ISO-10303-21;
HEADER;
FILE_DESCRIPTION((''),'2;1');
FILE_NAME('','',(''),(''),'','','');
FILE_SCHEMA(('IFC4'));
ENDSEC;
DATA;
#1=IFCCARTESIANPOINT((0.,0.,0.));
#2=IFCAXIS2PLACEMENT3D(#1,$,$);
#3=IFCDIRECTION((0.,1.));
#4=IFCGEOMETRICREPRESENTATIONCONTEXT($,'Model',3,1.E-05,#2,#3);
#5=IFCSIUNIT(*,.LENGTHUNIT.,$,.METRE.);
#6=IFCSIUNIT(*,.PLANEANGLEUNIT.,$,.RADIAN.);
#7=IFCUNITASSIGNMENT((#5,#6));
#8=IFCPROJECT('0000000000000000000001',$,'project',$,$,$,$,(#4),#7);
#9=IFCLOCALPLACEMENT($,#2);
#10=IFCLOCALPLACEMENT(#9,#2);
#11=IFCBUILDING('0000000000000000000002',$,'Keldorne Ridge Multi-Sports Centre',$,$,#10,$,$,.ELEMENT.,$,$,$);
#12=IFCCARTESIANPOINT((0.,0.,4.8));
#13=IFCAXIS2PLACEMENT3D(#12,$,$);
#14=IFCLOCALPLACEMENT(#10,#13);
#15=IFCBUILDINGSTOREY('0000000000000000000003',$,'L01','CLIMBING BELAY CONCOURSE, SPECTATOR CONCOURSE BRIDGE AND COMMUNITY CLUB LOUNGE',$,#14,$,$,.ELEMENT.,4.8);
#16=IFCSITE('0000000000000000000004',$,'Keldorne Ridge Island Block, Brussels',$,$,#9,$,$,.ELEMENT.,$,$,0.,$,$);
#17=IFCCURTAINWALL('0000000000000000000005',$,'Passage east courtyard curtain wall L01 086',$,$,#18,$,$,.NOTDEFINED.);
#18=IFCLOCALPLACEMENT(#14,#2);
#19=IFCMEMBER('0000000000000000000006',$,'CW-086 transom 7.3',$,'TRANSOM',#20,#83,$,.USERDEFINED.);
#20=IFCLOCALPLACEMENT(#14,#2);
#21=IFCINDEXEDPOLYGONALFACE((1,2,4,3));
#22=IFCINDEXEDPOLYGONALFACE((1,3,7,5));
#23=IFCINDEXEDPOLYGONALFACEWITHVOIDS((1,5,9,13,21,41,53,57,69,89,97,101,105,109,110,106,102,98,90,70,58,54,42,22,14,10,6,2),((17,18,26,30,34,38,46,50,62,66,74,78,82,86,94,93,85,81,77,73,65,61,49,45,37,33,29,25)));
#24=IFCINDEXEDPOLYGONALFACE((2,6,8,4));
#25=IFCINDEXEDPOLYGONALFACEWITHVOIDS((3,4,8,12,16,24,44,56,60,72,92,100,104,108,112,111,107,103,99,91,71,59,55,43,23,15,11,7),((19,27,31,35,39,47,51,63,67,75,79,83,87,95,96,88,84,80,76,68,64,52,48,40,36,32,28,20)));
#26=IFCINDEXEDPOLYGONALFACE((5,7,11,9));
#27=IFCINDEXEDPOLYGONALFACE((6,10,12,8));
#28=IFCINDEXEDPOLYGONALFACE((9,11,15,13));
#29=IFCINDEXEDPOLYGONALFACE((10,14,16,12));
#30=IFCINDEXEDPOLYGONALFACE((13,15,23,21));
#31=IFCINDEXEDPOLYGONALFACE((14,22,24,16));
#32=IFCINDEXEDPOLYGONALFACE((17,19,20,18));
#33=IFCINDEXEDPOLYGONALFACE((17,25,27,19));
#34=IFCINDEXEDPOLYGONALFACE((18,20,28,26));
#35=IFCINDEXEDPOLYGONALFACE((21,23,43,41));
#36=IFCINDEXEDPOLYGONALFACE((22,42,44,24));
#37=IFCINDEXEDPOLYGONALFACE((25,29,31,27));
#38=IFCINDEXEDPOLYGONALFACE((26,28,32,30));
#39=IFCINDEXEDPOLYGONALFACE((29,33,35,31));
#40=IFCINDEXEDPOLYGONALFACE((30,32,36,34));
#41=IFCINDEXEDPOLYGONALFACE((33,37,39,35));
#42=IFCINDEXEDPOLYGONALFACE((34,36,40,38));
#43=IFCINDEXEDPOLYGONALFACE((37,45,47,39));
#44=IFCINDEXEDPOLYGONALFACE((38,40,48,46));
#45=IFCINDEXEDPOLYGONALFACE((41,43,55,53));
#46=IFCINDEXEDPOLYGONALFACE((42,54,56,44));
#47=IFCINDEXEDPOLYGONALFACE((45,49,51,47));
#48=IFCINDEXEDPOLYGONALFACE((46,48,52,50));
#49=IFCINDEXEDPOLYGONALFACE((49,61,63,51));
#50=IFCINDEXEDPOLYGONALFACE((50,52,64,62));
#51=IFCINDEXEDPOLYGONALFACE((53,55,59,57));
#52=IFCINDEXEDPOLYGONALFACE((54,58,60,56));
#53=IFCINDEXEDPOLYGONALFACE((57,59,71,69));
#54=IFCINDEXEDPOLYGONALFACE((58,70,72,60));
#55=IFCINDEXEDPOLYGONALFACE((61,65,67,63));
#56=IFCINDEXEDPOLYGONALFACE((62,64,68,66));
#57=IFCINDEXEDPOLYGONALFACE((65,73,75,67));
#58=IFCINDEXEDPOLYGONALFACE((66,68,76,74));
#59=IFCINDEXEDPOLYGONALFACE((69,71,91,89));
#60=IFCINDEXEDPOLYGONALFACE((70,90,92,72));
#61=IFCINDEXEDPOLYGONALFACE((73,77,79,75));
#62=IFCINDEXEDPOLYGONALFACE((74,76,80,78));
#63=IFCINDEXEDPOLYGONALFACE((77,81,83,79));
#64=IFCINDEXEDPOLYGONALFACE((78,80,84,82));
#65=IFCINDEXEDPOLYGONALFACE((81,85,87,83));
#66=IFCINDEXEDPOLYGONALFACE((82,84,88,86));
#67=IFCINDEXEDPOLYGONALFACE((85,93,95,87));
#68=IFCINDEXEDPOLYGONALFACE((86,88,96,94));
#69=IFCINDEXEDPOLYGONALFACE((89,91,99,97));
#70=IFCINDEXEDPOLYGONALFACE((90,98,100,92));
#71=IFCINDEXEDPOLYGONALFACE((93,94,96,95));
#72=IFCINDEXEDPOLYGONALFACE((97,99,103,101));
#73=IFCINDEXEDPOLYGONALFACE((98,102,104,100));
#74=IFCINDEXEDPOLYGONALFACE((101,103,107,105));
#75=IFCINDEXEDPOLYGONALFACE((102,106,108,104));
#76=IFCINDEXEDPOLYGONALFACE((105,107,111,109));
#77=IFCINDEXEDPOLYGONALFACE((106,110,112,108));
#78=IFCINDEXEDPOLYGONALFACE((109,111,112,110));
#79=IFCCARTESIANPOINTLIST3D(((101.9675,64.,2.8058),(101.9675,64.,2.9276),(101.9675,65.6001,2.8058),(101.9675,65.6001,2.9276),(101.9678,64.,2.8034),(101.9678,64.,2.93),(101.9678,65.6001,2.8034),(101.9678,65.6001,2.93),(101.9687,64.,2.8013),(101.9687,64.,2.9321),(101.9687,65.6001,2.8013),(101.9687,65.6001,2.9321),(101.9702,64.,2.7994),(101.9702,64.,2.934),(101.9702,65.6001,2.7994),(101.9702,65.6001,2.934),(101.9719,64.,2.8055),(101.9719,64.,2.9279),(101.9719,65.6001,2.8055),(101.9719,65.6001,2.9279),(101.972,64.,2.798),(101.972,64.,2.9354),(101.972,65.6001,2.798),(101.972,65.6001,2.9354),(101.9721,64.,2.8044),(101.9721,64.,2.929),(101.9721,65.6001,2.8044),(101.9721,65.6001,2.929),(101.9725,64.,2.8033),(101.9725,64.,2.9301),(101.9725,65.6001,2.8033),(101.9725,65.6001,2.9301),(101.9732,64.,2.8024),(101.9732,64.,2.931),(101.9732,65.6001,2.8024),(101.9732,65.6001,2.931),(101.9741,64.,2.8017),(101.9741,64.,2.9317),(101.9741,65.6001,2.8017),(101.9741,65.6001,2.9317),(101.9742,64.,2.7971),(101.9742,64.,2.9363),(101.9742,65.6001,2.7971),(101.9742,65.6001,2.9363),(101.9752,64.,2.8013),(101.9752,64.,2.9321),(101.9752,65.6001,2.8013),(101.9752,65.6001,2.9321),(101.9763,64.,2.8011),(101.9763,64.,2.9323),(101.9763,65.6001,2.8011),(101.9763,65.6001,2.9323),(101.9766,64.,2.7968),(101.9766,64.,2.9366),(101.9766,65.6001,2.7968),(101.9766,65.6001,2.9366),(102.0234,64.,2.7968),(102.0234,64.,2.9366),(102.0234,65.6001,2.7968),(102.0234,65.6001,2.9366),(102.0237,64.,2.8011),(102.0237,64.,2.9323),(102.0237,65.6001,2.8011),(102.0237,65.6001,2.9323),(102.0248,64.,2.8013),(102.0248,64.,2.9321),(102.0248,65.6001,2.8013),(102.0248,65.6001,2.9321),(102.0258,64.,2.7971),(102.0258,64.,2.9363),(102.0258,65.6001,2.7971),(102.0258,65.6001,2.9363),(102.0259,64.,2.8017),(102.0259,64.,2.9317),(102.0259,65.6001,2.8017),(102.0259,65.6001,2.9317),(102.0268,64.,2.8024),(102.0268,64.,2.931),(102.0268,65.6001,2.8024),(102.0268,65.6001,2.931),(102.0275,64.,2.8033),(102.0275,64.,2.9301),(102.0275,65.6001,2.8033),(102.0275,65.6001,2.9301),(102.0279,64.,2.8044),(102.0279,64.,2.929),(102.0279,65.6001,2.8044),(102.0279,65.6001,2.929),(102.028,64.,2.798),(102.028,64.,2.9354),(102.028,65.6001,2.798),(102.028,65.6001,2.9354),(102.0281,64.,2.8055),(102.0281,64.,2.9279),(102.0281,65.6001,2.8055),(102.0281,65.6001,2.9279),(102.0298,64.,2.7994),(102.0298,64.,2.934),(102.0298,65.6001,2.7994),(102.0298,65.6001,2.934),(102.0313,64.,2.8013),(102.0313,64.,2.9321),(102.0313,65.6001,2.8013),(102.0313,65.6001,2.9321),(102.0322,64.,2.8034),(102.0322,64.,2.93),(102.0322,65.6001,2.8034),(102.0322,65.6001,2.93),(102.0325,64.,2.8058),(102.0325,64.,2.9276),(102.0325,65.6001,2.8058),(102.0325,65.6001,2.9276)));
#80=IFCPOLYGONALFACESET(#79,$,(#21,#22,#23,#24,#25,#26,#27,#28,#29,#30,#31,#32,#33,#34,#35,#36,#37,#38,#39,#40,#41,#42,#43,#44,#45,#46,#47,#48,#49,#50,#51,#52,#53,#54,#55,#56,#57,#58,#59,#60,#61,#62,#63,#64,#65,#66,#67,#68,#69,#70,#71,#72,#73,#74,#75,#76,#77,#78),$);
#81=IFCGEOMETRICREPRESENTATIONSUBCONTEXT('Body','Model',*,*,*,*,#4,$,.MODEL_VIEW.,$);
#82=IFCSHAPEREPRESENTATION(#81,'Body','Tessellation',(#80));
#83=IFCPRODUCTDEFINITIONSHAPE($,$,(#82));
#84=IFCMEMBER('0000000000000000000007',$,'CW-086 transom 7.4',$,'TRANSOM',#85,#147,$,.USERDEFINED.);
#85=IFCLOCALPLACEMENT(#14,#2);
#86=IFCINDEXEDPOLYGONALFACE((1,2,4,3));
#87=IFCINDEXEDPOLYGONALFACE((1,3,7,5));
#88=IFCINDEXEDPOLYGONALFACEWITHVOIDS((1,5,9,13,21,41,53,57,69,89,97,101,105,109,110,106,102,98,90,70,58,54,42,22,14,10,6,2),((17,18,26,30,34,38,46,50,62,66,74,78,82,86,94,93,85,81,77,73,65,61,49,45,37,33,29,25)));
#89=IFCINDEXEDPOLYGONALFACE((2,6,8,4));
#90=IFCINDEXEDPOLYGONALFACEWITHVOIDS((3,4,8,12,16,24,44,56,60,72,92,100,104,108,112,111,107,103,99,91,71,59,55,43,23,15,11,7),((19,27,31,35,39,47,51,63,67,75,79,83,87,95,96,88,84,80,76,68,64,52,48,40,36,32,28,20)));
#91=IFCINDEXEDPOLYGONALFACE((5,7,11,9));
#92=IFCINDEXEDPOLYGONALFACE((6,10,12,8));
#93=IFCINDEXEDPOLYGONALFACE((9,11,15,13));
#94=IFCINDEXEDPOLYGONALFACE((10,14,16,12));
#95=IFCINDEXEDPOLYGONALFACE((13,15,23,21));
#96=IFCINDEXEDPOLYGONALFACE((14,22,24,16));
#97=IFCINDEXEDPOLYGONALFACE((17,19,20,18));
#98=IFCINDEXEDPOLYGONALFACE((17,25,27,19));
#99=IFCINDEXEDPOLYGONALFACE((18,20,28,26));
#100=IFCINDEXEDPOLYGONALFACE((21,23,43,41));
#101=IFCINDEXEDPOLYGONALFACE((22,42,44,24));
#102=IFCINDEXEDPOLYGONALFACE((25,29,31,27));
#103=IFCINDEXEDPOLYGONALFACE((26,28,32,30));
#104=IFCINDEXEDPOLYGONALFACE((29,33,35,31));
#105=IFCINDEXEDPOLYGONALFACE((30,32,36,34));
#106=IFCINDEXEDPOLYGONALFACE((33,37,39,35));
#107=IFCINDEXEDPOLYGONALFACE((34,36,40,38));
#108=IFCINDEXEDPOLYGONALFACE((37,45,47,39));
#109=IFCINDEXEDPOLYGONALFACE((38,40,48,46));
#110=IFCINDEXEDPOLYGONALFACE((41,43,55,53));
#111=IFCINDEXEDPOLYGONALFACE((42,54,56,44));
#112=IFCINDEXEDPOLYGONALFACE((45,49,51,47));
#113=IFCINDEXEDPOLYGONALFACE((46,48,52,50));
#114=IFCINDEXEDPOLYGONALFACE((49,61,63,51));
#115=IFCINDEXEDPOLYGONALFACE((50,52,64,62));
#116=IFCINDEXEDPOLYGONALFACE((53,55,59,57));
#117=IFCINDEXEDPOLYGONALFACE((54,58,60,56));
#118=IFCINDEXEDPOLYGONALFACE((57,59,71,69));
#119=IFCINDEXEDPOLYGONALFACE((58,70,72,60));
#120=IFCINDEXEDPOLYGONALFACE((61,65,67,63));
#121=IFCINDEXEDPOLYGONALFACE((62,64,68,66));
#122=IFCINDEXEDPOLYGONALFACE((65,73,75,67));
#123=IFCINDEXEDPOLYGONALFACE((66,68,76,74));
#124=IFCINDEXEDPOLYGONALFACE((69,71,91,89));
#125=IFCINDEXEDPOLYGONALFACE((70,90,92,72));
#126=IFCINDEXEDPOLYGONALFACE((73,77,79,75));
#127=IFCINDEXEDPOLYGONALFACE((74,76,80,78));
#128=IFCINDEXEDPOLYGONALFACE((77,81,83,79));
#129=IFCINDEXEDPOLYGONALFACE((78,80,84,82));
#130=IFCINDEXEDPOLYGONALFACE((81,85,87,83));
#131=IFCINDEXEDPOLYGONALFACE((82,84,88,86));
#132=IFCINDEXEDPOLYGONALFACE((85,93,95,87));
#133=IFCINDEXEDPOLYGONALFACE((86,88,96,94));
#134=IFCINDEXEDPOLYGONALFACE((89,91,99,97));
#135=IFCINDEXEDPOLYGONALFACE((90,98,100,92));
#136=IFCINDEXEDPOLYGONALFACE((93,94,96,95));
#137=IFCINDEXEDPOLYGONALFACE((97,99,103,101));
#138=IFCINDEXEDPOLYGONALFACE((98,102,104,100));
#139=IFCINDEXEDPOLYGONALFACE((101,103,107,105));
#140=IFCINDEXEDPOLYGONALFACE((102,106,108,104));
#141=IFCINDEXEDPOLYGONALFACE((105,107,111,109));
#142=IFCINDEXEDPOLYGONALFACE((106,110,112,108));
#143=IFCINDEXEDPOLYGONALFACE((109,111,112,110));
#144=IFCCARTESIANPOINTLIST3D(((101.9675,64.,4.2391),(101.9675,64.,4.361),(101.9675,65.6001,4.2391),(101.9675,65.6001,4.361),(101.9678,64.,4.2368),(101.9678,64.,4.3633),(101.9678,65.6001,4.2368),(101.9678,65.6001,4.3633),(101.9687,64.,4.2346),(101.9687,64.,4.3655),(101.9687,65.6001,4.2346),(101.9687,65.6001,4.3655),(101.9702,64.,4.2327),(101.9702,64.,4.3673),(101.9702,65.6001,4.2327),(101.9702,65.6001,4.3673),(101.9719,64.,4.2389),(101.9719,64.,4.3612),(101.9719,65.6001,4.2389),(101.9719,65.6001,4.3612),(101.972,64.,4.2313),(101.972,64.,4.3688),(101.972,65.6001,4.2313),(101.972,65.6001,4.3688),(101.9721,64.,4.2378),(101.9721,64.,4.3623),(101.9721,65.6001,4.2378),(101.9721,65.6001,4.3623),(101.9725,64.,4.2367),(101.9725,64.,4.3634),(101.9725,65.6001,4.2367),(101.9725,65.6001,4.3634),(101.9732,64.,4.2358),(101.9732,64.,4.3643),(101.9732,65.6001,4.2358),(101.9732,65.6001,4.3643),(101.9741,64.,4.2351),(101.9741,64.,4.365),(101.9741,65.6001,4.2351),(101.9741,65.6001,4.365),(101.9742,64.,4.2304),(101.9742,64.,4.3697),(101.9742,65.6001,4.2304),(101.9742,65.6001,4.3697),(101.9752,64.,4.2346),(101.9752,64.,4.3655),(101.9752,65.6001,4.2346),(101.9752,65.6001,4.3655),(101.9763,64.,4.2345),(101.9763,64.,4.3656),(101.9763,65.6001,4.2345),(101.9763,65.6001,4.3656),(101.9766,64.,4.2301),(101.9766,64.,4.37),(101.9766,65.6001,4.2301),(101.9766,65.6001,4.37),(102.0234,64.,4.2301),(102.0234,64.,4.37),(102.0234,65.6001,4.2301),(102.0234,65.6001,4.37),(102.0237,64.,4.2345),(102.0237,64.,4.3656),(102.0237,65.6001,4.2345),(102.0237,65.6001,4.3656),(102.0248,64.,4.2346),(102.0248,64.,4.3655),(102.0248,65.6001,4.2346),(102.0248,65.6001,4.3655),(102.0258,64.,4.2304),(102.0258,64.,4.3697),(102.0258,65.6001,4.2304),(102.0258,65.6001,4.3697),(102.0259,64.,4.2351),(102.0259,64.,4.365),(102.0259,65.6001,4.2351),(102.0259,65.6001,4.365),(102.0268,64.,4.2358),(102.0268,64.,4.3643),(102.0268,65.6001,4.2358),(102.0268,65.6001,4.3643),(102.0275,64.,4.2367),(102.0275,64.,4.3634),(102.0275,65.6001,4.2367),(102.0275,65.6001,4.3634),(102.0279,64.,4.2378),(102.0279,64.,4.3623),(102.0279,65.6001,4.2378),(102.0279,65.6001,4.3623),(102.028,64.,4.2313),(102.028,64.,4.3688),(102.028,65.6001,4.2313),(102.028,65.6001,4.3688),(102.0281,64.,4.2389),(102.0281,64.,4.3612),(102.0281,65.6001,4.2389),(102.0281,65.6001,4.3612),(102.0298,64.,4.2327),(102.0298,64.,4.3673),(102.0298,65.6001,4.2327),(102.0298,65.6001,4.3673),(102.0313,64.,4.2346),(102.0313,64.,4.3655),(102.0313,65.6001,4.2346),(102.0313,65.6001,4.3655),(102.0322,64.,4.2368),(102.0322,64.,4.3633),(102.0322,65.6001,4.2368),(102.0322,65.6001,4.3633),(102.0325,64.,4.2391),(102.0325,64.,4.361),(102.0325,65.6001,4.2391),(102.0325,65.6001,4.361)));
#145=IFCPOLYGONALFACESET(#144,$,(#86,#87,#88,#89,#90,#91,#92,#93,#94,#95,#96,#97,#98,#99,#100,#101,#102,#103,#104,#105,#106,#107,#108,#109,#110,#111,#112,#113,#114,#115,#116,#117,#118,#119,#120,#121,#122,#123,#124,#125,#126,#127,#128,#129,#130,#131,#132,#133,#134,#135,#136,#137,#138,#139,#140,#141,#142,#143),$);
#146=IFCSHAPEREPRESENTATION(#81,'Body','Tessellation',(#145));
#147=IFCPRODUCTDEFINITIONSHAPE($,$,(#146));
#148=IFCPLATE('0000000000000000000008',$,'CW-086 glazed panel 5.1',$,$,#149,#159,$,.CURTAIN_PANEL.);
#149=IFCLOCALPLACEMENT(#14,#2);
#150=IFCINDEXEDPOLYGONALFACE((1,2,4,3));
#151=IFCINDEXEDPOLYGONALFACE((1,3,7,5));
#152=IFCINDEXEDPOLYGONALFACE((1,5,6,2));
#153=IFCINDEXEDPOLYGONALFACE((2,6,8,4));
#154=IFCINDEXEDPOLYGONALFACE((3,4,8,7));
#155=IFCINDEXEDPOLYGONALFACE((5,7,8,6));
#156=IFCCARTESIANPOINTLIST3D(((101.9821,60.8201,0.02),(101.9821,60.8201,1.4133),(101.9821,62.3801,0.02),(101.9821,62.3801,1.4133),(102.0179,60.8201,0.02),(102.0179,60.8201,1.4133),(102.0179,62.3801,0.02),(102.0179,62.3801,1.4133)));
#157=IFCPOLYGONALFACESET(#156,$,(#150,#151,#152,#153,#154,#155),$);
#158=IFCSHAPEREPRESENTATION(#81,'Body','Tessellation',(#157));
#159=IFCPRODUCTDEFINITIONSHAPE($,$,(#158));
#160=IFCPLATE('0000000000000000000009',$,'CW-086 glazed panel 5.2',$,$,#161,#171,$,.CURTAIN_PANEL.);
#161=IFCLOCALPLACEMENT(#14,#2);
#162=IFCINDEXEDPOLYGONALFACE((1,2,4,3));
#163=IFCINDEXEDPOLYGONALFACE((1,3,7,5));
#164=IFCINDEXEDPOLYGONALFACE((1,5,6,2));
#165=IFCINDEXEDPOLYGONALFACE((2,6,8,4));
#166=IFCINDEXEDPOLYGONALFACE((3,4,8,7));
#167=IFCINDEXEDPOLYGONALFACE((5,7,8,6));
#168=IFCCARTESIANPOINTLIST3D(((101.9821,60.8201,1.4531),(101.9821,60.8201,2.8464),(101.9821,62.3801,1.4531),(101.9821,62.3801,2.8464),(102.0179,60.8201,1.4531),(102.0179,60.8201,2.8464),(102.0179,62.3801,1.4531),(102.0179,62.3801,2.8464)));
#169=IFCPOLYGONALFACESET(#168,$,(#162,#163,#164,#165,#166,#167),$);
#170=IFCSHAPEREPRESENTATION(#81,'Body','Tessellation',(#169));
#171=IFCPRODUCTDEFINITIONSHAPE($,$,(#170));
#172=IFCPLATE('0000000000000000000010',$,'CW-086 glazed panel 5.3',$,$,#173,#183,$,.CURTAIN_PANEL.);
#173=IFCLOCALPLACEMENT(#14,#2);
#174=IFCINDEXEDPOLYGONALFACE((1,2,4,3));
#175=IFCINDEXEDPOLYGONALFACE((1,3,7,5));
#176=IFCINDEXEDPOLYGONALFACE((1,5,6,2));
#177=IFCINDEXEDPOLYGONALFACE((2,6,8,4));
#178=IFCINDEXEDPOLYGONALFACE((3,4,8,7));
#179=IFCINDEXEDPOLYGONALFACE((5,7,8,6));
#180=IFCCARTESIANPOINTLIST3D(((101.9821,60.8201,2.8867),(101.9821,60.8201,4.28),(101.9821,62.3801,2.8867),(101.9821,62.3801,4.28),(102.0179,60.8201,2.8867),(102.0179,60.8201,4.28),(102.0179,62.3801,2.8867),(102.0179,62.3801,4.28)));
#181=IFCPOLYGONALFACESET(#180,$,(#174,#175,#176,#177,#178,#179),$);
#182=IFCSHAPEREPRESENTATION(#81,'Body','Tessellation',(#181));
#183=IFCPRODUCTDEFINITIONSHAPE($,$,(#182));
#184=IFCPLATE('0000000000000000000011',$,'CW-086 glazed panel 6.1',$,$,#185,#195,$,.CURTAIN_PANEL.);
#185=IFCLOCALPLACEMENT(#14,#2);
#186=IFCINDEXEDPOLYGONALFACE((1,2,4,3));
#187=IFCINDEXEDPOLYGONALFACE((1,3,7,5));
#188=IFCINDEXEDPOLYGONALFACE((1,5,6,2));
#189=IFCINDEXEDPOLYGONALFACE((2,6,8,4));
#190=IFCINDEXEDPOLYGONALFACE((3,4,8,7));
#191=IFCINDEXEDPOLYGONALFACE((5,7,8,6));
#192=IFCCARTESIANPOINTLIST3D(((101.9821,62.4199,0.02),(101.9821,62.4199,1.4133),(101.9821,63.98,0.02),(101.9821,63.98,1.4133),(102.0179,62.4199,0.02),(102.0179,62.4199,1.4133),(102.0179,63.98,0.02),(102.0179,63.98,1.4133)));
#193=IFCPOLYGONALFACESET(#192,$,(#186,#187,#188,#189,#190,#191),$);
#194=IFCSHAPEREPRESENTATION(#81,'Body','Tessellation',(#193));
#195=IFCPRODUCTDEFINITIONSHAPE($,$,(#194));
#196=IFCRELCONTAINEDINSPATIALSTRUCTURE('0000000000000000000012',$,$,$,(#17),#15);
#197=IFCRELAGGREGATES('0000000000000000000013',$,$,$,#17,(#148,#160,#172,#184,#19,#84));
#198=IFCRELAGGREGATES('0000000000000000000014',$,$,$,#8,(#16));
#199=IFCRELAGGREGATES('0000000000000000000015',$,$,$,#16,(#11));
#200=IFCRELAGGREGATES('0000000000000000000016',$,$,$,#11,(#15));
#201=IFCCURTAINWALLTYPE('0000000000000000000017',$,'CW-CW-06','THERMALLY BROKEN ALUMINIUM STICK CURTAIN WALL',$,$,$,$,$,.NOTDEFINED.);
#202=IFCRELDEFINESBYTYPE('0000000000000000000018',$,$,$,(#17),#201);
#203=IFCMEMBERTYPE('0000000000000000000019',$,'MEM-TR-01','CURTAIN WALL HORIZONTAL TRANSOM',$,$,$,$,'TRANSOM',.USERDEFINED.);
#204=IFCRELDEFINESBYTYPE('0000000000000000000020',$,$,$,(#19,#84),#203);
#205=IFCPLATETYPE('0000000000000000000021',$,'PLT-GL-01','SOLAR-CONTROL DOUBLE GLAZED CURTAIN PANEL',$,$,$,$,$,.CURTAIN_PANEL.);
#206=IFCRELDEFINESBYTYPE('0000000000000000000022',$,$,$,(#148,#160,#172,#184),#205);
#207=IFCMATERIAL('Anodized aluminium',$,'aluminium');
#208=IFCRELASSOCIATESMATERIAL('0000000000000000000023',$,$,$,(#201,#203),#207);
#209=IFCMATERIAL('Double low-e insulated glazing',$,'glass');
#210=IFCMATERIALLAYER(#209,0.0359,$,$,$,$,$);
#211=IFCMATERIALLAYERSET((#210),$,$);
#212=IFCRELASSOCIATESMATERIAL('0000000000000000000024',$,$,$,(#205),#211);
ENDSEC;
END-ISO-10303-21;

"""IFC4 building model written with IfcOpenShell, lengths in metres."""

from ifc_helpers import new_model, si_unit, direction, frame, origin, origin_2d, place, context, subcontext, project, spatial, rectangle, hollow_rectangle, extrude, material, layer, layer_set, material_profile, profile_set, type_object, element, aggregate, save


model = new_model("IFC4")

# Units and contexts
model_context = context("Model", 3, precision=1e-05, world=origin(), true_north=direction((0.0, 1.0)))
body_context = subcontext(model_context, "Body", "Model", "MODEL_VIEW")
ifc_project = project(units=[si_unit("LENGTHUNIT", "METRE"), si_unit("PLANEANGLEUNIT", "RADIAN")], contexts=[model_context])

# Site, building, storey
site_placement = place(None, origin())
site = spatial("IfcSite", under=ifc_project, at=site_placement, Name="Keldorne Ridge Island Block, Brussels", CompositionType="ELEMENT", RefElevation=0.0)
building_placement = place(site_placement, origin())
building = spatial("IfcBuilding", under=site, at=building_placement, Name="Keldorne Ridge Multi-Sports Centre", CompositionType="ELEMENT")
storey_placement = place(building_placement, frame((0.0, 0.0, 4.8)))
storey = spatial("IfcBuildingStorey", under=building, at=storey_placement, Name="L01", Description="CLIMBING BELAY CONCOURSE, SPECTATOR CONCOURSE BRIDGE AND COMMUNITY CLUB LOUNGE", CompositionType="ELEMENT", Elevation=4.8)

# Curtain wall, members, plates
ifc_material_1 = material(Name="Anodized aluminium", Category="aluminium")
curtain_wall_type = type_object("IfcCurtainWallType", Name="CW-CW-06", Description="THERMALLY BROKEN ALUMINIUM STICK CURTAIN WALL", PredefinedType="NOTDEFINED", material=ifc_material_1)
curtain_wall_placement = place(storey_placement, origin())
curtain_wall = element("IfcCurtainWall", 1, at=curtain_wall_placement, inside=storey, type_object=curtain_wall_type, Name="Passage east courtyard curtain wall L01 086", PredefinedType="NOTDEFINED")
ifc_material_profile_1 = material_profile(ifc_material_1, hollow_rectangle(XDim=0.0649, YDim=0.1399, WallThickness=0.0044, InnerFilletRadius=0.0044, OuterFilletRadius=0.009, at=origin_2d()), Name="ALU TRANSOM 140x65x4.5")
ifc_profile_set_1 = profile_set([ifc_material_profile_1], Name="Anodized aluminium")
member_type_1 = type_object("IfcMemberType", Name="MEM-TR-01", Description="CURTAIN WALL HORIZONTAL TRANSOM", ElementType="TRANSOM", PredefinedType="USERDEFINED", material=ifc_profile_set_1)
member_1_placement = place(storey_placement, frame((102.0, 64.0, 2.8667), z_axis=(0.0, 1.0, 0.0), x_axis=(-1.0, 0.0, 0.0)))
member_1 = element("IfcMember", 2, at=member_1_placement, type_object=member_type_1, Name="CW-086 transom 7.3", ObjectType="TRANSOM", PredefinedType="USERDEFINED", context=body_context, shape_type="SweptSolid", body=[
    extrude(hollow_rectangle(XDim=0.0649, YDim=0.1399, WallThickness=0.0044, InnerFilletRadius=0.0044, OuterFilletRadius=0.009, at=origin_2d()), origin(), (0.0, 0.0, 1.0), 1.6001),
])
member_2_placement = place(storey_placement, frame((102.0, 64.0, 4.3), z_axis=(0.0, 1.0, 0.0), x_axis=(-1.0, 0.0, 0.0)))
member_2 = element("IfcMember", 3, at=member_2_placement, type_object=member_type_1, Name="CW-086 transom 7.4", ObjectType="TRANSOM", PredefinedType="USERDEFINED", context=body_context, shape_type="SweptSolid", body=[
    extrude(hollow_rectangle(XDim=0.0649, YDim=0.1399, WallThickness=0.0044, InnerFilletRadius=0.0044, OuterFilletRadius=0.009, at=origin_2d()), origin(), (0.0, 0.0, 1.0), 1.6001),
])
ifc_material_2 = material(Name="Double low-e insulated glazing", Category="glass")
ifc_layer_1 = layer(ifc_material_2, 0.0359)
ifc_layer_set_1 = layer_set([ifc_layer_1])
plate_type_1 = type_object("IfcPlateType", Name="PLT-GL-01", Description="SOLAR-CONTROL DOUBLE GLAZED CURTAIN PANEL", PredefinedType="CURTAIN_PANEL", material=ifc_layer_set_1)
plate_1_placement = place(storey_placement, frame((102.0, 61.6001, 0.02), z_axis=(0.0, 0.0, 1.0), x_axis=(0.0, 1.0, 0.0)))
plate_1 = element("IfcPlate", 4, at=plate_1_placement, type_object=plate_type_1, Name="CW-086 glazed panel 5.1", PredefinedType="CURTAIN_PANEL", context=body_context, shape_type="SweptSolid", body=[
    extrude(rectangle(XDim=1.5601, YDim=0.0359, at=origin_2d()), origin(), (0.0, 0.0, 1.0), 1.3933),
])
plate_2_placement = place(storey_placement, frame((102.0, 61.6001, 1.4531), z_axis=(0.0, 0.0, 1.0), x_axis=(0.0, 1.0, 0.0)))
plate_2 = element("IfcPlate", 5, at=plate_2_placement, type_object=plate_type_1, Name="CW-086 glazed panel 5.2", PredefinedType="CURTAIN_PANEL", context=body_context, shape_type="SweptSolid", body=[
    extrude(rectangle(XDim=1.5601, YDim=0.0359, at=origin_2d()), origin(), (0.0, 0.0, 1.0), 1.3933),
])
plate_3_placement = place(storey_placement, frame((102.0, 61.6001, 2.8867), z_axis=(0.0, 0.0, 1.0), x_axis=(0.0, 1.0, 0.0)))
plate_3 = element("IfcPlate", 6, at=plate_3_placement, type_object=plate_type_1, Name="CW-086 glazed panel 5.3", PredefinedType="CURTAIN_PANEL", context=body_context, shape_type="SweptSolid", body=[
    extrude(rectangle(XDim=1.5601, YDim=0.0359, at=origin_2d()), origin(), (0.0, 0.0, 1.0), 1.3933),
])
plate_4_placement = place(storey_placement, frame((102.0, 63.2, 0.02), z_axis=(0.0, 0.0, 1.0), x_axis=(0.0, 1.0, 0.0)))
plate_4 = element("IfcPlate", 7, at=plate_4_placement, type_object=plate_type_1, Name="CW-086 glazed panel 6.1", PredefinedType="CURTAIN_PANEL", context=body_context, shape_type="SweptSolid", body=[
    extrude(rectangle(XDim=1.5601, YDim=0.0359, at=origin_2d()), origin(), (0.0, 0.0, 1.0), 1.3933),
])
aggregate(curtain_wall, [plate_1, plate_2, plate_3, plate_4, member_1, member_2])

save(model, "model.ifc")
